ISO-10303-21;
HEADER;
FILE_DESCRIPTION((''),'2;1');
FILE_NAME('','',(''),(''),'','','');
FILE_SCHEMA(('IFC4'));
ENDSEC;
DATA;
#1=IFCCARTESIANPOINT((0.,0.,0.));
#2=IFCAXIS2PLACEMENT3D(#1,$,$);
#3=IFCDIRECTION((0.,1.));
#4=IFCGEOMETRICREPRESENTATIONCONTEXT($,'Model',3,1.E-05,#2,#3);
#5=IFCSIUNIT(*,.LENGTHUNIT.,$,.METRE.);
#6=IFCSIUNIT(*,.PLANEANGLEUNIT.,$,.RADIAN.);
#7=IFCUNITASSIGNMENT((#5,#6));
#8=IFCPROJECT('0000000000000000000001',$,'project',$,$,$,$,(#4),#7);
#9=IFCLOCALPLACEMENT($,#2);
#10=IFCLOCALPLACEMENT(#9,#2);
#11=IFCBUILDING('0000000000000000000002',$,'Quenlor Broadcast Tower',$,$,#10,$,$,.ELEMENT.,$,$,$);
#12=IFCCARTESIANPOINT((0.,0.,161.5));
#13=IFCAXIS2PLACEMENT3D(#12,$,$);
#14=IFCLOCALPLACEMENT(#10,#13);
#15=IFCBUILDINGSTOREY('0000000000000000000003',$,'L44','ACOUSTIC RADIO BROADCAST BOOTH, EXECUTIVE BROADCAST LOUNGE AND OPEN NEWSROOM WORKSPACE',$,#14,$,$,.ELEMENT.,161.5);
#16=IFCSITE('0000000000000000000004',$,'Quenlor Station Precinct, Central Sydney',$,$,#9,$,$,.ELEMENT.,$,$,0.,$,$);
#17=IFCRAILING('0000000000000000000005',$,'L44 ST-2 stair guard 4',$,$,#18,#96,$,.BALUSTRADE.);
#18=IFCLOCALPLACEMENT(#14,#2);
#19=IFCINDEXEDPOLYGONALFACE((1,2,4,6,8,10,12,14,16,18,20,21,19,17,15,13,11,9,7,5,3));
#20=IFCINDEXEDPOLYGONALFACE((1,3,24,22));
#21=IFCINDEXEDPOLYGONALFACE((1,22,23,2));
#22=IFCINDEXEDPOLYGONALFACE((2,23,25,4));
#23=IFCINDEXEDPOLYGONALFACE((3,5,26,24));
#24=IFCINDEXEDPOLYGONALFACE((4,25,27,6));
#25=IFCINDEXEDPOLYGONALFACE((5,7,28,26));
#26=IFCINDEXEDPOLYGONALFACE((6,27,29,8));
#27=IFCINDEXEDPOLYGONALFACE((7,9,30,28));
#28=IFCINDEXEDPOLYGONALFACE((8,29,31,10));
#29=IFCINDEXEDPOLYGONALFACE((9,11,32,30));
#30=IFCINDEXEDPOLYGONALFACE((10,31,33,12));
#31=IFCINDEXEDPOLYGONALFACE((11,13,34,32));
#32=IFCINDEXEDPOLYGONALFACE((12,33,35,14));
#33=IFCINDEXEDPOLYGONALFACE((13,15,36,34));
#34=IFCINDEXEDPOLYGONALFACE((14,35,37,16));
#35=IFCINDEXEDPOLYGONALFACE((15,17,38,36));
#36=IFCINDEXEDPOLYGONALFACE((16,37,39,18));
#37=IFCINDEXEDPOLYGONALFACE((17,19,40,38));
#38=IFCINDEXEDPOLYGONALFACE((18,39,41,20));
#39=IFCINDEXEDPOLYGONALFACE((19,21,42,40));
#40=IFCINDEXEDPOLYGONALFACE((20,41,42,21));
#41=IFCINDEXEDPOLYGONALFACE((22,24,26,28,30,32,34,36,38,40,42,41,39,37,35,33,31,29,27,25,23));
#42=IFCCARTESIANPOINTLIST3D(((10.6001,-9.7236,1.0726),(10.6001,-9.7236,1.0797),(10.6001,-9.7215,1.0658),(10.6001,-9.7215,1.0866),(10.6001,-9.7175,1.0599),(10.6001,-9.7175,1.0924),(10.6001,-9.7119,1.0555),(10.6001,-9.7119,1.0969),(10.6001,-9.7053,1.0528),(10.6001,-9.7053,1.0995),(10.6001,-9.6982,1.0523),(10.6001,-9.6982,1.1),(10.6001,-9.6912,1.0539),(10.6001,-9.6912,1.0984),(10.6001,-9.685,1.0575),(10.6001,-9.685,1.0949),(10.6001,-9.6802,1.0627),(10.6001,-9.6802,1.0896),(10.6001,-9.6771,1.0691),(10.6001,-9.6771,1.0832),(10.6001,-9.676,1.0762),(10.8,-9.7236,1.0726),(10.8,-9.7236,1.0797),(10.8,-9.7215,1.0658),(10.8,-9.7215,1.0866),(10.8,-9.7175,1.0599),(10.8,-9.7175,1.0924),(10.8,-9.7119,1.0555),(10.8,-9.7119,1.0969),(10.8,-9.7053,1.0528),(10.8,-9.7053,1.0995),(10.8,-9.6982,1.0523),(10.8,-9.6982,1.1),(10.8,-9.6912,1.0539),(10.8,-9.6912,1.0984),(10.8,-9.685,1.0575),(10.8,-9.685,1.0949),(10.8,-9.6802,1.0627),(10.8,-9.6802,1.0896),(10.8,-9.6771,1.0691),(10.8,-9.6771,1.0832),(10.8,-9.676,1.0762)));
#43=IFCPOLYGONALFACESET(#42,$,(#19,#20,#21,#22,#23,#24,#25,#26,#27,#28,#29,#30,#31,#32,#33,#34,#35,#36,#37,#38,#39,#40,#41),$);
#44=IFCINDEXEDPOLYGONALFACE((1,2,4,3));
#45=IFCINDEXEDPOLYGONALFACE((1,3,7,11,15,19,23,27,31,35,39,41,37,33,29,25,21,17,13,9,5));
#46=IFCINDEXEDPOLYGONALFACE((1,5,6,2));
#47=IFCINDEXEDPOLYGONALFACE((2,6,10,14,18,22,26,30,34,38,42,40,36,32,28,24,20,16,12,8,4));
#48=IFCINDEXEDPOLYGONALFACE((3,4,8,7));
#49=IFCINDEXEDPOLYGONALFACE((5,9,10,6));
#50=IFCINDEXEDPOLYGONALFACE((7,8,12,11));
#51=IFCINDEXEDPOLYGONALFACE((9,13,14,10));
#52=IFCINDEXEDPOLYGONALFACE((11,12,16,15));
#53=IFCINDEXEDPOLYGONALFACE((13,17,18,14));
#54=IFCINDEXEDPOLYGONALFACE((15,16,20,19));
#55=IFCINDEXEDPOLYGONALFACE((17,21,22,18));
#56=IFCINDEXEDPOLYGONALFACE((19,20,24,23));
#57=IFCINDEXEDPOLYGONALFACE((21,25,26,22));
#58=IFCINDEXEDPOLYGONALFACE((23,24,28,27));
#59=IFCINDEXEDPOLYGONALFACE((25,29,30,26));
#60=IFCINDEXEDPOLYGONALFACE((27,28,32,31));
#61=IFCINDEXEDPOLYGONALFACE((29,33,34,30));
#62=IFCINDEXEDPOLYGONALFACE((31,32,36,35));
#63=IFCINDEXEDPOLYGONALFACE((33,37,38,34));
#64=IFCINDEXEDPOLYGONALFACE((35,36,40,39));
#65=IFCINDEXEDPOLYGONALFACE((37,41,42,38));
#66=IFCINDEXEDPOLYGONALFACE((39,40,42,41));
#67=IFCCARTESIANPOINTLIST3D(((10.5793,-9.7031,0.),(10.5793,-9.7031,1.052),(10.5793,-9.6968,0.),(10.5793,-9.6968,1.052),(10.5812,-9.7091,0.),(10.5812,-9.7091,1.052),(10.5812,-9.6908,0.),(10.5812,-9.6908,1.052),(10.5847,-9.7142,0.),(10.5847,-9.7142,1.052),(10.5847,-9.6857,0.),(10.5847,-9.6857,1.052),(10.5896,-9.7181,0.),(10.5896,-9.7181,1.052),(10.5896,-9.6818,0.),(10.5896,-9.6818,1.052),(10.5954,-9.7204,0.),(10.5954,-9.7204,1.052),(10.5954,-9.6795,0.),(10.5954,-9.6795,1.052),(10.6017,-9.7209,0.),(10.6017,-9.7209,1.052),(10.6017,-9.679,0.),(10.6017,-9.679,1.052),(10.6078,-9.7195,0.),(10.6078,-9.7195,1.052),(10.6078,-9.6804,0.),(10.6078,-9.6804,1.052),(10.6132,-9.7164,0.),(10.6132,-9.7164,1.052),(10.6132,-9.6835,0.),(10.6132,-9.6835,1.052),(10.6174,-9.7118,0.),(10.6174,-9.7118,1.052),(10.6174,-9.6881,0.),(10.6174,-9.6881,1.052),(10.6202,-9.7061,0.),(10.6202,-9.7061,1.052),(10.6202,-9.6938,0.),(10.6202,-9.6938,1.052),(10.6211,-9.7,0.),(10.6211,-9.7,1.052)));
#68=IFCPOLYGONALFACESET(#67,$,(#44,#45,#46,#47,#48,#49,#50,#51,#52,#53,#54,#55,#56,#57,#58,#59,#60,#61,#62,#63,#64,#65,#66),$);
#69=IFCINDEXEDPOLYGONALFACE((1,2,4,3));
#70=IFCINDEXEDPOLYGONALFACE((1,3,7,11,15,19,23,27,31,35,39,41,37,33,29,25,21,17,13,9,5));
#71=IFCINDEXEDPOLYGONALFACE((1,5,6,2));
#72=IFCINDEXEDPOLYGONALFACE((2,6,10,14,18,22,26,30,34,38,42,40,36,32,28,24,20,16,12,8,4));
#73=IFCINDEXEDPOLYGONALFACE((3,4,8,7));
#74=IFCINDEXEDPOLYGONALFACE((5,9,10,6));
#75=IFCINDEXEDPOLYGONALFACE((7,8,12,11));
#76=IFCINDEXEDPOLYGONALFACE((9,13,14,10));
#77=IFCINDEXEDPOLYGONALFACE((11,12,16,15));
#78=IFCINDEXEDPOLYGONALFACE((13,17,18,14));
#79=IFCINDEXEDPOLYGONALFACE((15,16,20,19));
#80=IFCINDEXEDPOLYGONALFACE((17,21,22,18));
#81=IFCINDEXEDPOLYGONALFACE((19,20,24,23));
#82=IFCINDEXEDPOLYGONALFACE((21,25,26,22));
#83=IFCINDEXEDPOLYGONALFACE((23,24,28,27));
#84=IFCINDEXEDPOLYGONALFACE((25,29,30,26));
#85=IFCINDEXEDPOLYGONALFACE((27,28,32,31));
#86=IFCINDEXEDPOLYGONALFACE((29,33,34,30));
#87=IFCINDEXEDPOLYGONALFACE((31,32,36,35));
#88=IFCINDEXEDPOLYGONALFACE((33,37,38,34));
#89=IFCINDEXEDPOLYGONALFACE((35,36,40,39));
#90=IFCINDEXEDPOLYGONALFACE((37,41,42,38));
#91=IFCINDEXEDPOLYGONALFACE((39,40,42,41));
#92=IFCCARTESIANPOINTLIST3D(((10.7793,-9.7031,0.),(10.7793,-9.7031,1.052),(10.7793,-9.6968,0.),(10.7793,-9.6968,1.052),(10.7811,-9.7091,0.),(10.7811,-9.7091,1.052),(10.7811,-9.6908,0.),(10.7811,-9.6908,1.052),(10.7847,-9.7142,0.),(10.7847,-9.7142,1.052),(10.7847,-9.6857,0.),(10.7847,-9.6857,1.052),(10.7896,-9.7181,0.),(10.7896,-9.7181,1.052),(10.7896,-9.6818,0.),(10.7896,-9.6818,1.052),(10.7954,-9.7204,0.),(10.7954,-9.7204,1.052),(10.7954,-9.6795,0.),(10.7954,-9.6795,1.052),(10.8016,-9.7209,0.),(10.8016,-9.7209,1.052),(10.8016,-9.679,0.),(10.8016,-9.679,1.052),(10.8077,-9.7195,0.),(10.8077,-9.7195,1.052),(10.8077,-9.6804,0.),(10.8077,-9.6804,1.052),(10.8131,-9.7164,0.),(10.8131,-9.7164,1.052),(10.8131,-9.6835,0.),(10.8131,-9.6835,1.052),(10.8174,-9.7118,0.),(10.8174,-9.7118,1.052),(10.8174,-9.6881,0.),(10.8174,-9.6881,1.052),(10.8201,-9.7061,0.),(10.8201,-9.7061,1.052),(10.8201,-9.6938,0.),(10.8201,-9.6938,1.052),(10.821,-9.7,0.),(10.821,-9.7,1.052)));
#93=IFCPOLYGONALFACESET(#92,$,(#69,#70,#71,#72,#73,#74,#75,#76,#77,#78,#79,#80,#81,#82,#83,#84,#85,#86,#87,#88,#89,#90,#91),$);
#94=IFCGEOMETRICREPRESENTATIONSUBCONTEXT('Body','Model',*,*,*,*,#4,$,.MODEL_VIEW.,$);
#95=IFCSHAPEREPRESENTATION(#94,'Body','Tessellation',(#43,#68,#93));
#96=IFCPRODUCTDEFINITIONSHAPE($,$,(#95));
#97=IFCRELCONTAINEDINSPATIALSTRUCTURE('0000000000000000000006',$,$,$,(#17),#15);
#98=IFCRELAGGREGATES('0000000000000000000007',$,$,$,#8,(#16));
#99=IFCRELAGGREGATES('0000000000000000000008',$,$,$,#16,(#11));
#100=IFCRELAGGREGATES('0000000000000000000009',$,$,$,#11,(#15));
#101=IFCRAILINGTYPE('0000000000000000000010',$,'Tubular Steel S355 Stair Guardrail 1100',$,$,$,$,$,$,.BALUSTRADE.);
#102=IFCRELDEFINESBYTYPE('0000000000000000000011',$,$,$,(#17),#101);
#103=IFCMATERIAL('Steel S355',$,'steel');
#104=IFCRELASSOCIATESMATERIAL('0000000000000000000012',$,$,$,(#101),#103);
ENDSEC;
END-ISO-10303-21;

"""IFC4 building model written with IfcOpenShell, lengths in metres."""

from ifc_helpers import new_model, si_unit, direction, frame, origin, origin_2d, place, context, subcontext, project, spatial, circle, extrude, material, type_object, element, save


model = new_model("IFC4")

# Units and contexts
model_context = context("Model", 3, precision=1e-05, world=origin(), true_north=direction((0.0, 1.0)))
body_context = subcontext(model_context, "Body", "Model", "MODEL_VIEW")
ifc_project = project(units=[si_unit("LENGTHUNIT", "METRE"), si_unit("PLANEANGLEUNIT", "RADIAN")], contexts=[model_context])

# Site, building, storey
site_placement = place(None, origin())
site = spatial("IfcSite", under=ifc_project, at=site_placement, Name="Quenlor Station Precinct, Central Sydney", CompositionType="ELEMENT", RefElevation=0.0)
building_placement = place(site_placement, origin())
building = spatial("IfcBuilding", under=site, at=building_placement, Name="Quenlor Broadcast Tower", CompositionType="ELEMENT")
storey_placement = place(building_placement, frame((0.0, 0.0, 161.5)))
storey = spatial("IfcBuildingStorey", under=building, at=storey_placement, Name="L44", Description="ACOUSTIC RADIO BROADCAST BOOTH, EXECUTIVE BROADCAST LOUNGE AND OPEN NEWSROOM WORKSPACE", CompositionType="ELEMENT", Elevation=161.5)

# Railing
ifc_material_1 = material(Name="Steel S355", Category="steel")
railing_type_1 = type_object("IfcRailingType", Name="Tubular Steel S355 Stair Guardrail 1100", PredefinedType="BALUSTRADE", material=ifc_material_1)
railing_1_placement = place(storey_placement, frame((10.6001, -9.7, 0.0)))
element("IfcRailing", 1, at=railing_1_placement, inside=storey, type_object=railing_type_1, Name="L44 ST-2 stair guard 4", PredefinedType="BALUSTRADE", context=body_context, shape_type="SweptSolid", body=[
    extrude(circle(Radius=0.0239, at=origin_2d()), frame((0.0, 0.0, 1.0762), z_axis=(1.0, 0.0, 0.0), x_axis=(0.0, 1.0, 0.0)), (0.0, 0.0, 1.0), 0.2),
    extrude(circle(Radius=0.021, at=origin_2d()), origin(), (0.0, 0.0, 1.0), 1.052),
    extrude(circle(Radius=0.021, at=origin_2d()), frame((0.2, 0.0, 0.0)), (0.0, 0.0, 1.0), 1.052),
])

save(model, "model.ifc")
